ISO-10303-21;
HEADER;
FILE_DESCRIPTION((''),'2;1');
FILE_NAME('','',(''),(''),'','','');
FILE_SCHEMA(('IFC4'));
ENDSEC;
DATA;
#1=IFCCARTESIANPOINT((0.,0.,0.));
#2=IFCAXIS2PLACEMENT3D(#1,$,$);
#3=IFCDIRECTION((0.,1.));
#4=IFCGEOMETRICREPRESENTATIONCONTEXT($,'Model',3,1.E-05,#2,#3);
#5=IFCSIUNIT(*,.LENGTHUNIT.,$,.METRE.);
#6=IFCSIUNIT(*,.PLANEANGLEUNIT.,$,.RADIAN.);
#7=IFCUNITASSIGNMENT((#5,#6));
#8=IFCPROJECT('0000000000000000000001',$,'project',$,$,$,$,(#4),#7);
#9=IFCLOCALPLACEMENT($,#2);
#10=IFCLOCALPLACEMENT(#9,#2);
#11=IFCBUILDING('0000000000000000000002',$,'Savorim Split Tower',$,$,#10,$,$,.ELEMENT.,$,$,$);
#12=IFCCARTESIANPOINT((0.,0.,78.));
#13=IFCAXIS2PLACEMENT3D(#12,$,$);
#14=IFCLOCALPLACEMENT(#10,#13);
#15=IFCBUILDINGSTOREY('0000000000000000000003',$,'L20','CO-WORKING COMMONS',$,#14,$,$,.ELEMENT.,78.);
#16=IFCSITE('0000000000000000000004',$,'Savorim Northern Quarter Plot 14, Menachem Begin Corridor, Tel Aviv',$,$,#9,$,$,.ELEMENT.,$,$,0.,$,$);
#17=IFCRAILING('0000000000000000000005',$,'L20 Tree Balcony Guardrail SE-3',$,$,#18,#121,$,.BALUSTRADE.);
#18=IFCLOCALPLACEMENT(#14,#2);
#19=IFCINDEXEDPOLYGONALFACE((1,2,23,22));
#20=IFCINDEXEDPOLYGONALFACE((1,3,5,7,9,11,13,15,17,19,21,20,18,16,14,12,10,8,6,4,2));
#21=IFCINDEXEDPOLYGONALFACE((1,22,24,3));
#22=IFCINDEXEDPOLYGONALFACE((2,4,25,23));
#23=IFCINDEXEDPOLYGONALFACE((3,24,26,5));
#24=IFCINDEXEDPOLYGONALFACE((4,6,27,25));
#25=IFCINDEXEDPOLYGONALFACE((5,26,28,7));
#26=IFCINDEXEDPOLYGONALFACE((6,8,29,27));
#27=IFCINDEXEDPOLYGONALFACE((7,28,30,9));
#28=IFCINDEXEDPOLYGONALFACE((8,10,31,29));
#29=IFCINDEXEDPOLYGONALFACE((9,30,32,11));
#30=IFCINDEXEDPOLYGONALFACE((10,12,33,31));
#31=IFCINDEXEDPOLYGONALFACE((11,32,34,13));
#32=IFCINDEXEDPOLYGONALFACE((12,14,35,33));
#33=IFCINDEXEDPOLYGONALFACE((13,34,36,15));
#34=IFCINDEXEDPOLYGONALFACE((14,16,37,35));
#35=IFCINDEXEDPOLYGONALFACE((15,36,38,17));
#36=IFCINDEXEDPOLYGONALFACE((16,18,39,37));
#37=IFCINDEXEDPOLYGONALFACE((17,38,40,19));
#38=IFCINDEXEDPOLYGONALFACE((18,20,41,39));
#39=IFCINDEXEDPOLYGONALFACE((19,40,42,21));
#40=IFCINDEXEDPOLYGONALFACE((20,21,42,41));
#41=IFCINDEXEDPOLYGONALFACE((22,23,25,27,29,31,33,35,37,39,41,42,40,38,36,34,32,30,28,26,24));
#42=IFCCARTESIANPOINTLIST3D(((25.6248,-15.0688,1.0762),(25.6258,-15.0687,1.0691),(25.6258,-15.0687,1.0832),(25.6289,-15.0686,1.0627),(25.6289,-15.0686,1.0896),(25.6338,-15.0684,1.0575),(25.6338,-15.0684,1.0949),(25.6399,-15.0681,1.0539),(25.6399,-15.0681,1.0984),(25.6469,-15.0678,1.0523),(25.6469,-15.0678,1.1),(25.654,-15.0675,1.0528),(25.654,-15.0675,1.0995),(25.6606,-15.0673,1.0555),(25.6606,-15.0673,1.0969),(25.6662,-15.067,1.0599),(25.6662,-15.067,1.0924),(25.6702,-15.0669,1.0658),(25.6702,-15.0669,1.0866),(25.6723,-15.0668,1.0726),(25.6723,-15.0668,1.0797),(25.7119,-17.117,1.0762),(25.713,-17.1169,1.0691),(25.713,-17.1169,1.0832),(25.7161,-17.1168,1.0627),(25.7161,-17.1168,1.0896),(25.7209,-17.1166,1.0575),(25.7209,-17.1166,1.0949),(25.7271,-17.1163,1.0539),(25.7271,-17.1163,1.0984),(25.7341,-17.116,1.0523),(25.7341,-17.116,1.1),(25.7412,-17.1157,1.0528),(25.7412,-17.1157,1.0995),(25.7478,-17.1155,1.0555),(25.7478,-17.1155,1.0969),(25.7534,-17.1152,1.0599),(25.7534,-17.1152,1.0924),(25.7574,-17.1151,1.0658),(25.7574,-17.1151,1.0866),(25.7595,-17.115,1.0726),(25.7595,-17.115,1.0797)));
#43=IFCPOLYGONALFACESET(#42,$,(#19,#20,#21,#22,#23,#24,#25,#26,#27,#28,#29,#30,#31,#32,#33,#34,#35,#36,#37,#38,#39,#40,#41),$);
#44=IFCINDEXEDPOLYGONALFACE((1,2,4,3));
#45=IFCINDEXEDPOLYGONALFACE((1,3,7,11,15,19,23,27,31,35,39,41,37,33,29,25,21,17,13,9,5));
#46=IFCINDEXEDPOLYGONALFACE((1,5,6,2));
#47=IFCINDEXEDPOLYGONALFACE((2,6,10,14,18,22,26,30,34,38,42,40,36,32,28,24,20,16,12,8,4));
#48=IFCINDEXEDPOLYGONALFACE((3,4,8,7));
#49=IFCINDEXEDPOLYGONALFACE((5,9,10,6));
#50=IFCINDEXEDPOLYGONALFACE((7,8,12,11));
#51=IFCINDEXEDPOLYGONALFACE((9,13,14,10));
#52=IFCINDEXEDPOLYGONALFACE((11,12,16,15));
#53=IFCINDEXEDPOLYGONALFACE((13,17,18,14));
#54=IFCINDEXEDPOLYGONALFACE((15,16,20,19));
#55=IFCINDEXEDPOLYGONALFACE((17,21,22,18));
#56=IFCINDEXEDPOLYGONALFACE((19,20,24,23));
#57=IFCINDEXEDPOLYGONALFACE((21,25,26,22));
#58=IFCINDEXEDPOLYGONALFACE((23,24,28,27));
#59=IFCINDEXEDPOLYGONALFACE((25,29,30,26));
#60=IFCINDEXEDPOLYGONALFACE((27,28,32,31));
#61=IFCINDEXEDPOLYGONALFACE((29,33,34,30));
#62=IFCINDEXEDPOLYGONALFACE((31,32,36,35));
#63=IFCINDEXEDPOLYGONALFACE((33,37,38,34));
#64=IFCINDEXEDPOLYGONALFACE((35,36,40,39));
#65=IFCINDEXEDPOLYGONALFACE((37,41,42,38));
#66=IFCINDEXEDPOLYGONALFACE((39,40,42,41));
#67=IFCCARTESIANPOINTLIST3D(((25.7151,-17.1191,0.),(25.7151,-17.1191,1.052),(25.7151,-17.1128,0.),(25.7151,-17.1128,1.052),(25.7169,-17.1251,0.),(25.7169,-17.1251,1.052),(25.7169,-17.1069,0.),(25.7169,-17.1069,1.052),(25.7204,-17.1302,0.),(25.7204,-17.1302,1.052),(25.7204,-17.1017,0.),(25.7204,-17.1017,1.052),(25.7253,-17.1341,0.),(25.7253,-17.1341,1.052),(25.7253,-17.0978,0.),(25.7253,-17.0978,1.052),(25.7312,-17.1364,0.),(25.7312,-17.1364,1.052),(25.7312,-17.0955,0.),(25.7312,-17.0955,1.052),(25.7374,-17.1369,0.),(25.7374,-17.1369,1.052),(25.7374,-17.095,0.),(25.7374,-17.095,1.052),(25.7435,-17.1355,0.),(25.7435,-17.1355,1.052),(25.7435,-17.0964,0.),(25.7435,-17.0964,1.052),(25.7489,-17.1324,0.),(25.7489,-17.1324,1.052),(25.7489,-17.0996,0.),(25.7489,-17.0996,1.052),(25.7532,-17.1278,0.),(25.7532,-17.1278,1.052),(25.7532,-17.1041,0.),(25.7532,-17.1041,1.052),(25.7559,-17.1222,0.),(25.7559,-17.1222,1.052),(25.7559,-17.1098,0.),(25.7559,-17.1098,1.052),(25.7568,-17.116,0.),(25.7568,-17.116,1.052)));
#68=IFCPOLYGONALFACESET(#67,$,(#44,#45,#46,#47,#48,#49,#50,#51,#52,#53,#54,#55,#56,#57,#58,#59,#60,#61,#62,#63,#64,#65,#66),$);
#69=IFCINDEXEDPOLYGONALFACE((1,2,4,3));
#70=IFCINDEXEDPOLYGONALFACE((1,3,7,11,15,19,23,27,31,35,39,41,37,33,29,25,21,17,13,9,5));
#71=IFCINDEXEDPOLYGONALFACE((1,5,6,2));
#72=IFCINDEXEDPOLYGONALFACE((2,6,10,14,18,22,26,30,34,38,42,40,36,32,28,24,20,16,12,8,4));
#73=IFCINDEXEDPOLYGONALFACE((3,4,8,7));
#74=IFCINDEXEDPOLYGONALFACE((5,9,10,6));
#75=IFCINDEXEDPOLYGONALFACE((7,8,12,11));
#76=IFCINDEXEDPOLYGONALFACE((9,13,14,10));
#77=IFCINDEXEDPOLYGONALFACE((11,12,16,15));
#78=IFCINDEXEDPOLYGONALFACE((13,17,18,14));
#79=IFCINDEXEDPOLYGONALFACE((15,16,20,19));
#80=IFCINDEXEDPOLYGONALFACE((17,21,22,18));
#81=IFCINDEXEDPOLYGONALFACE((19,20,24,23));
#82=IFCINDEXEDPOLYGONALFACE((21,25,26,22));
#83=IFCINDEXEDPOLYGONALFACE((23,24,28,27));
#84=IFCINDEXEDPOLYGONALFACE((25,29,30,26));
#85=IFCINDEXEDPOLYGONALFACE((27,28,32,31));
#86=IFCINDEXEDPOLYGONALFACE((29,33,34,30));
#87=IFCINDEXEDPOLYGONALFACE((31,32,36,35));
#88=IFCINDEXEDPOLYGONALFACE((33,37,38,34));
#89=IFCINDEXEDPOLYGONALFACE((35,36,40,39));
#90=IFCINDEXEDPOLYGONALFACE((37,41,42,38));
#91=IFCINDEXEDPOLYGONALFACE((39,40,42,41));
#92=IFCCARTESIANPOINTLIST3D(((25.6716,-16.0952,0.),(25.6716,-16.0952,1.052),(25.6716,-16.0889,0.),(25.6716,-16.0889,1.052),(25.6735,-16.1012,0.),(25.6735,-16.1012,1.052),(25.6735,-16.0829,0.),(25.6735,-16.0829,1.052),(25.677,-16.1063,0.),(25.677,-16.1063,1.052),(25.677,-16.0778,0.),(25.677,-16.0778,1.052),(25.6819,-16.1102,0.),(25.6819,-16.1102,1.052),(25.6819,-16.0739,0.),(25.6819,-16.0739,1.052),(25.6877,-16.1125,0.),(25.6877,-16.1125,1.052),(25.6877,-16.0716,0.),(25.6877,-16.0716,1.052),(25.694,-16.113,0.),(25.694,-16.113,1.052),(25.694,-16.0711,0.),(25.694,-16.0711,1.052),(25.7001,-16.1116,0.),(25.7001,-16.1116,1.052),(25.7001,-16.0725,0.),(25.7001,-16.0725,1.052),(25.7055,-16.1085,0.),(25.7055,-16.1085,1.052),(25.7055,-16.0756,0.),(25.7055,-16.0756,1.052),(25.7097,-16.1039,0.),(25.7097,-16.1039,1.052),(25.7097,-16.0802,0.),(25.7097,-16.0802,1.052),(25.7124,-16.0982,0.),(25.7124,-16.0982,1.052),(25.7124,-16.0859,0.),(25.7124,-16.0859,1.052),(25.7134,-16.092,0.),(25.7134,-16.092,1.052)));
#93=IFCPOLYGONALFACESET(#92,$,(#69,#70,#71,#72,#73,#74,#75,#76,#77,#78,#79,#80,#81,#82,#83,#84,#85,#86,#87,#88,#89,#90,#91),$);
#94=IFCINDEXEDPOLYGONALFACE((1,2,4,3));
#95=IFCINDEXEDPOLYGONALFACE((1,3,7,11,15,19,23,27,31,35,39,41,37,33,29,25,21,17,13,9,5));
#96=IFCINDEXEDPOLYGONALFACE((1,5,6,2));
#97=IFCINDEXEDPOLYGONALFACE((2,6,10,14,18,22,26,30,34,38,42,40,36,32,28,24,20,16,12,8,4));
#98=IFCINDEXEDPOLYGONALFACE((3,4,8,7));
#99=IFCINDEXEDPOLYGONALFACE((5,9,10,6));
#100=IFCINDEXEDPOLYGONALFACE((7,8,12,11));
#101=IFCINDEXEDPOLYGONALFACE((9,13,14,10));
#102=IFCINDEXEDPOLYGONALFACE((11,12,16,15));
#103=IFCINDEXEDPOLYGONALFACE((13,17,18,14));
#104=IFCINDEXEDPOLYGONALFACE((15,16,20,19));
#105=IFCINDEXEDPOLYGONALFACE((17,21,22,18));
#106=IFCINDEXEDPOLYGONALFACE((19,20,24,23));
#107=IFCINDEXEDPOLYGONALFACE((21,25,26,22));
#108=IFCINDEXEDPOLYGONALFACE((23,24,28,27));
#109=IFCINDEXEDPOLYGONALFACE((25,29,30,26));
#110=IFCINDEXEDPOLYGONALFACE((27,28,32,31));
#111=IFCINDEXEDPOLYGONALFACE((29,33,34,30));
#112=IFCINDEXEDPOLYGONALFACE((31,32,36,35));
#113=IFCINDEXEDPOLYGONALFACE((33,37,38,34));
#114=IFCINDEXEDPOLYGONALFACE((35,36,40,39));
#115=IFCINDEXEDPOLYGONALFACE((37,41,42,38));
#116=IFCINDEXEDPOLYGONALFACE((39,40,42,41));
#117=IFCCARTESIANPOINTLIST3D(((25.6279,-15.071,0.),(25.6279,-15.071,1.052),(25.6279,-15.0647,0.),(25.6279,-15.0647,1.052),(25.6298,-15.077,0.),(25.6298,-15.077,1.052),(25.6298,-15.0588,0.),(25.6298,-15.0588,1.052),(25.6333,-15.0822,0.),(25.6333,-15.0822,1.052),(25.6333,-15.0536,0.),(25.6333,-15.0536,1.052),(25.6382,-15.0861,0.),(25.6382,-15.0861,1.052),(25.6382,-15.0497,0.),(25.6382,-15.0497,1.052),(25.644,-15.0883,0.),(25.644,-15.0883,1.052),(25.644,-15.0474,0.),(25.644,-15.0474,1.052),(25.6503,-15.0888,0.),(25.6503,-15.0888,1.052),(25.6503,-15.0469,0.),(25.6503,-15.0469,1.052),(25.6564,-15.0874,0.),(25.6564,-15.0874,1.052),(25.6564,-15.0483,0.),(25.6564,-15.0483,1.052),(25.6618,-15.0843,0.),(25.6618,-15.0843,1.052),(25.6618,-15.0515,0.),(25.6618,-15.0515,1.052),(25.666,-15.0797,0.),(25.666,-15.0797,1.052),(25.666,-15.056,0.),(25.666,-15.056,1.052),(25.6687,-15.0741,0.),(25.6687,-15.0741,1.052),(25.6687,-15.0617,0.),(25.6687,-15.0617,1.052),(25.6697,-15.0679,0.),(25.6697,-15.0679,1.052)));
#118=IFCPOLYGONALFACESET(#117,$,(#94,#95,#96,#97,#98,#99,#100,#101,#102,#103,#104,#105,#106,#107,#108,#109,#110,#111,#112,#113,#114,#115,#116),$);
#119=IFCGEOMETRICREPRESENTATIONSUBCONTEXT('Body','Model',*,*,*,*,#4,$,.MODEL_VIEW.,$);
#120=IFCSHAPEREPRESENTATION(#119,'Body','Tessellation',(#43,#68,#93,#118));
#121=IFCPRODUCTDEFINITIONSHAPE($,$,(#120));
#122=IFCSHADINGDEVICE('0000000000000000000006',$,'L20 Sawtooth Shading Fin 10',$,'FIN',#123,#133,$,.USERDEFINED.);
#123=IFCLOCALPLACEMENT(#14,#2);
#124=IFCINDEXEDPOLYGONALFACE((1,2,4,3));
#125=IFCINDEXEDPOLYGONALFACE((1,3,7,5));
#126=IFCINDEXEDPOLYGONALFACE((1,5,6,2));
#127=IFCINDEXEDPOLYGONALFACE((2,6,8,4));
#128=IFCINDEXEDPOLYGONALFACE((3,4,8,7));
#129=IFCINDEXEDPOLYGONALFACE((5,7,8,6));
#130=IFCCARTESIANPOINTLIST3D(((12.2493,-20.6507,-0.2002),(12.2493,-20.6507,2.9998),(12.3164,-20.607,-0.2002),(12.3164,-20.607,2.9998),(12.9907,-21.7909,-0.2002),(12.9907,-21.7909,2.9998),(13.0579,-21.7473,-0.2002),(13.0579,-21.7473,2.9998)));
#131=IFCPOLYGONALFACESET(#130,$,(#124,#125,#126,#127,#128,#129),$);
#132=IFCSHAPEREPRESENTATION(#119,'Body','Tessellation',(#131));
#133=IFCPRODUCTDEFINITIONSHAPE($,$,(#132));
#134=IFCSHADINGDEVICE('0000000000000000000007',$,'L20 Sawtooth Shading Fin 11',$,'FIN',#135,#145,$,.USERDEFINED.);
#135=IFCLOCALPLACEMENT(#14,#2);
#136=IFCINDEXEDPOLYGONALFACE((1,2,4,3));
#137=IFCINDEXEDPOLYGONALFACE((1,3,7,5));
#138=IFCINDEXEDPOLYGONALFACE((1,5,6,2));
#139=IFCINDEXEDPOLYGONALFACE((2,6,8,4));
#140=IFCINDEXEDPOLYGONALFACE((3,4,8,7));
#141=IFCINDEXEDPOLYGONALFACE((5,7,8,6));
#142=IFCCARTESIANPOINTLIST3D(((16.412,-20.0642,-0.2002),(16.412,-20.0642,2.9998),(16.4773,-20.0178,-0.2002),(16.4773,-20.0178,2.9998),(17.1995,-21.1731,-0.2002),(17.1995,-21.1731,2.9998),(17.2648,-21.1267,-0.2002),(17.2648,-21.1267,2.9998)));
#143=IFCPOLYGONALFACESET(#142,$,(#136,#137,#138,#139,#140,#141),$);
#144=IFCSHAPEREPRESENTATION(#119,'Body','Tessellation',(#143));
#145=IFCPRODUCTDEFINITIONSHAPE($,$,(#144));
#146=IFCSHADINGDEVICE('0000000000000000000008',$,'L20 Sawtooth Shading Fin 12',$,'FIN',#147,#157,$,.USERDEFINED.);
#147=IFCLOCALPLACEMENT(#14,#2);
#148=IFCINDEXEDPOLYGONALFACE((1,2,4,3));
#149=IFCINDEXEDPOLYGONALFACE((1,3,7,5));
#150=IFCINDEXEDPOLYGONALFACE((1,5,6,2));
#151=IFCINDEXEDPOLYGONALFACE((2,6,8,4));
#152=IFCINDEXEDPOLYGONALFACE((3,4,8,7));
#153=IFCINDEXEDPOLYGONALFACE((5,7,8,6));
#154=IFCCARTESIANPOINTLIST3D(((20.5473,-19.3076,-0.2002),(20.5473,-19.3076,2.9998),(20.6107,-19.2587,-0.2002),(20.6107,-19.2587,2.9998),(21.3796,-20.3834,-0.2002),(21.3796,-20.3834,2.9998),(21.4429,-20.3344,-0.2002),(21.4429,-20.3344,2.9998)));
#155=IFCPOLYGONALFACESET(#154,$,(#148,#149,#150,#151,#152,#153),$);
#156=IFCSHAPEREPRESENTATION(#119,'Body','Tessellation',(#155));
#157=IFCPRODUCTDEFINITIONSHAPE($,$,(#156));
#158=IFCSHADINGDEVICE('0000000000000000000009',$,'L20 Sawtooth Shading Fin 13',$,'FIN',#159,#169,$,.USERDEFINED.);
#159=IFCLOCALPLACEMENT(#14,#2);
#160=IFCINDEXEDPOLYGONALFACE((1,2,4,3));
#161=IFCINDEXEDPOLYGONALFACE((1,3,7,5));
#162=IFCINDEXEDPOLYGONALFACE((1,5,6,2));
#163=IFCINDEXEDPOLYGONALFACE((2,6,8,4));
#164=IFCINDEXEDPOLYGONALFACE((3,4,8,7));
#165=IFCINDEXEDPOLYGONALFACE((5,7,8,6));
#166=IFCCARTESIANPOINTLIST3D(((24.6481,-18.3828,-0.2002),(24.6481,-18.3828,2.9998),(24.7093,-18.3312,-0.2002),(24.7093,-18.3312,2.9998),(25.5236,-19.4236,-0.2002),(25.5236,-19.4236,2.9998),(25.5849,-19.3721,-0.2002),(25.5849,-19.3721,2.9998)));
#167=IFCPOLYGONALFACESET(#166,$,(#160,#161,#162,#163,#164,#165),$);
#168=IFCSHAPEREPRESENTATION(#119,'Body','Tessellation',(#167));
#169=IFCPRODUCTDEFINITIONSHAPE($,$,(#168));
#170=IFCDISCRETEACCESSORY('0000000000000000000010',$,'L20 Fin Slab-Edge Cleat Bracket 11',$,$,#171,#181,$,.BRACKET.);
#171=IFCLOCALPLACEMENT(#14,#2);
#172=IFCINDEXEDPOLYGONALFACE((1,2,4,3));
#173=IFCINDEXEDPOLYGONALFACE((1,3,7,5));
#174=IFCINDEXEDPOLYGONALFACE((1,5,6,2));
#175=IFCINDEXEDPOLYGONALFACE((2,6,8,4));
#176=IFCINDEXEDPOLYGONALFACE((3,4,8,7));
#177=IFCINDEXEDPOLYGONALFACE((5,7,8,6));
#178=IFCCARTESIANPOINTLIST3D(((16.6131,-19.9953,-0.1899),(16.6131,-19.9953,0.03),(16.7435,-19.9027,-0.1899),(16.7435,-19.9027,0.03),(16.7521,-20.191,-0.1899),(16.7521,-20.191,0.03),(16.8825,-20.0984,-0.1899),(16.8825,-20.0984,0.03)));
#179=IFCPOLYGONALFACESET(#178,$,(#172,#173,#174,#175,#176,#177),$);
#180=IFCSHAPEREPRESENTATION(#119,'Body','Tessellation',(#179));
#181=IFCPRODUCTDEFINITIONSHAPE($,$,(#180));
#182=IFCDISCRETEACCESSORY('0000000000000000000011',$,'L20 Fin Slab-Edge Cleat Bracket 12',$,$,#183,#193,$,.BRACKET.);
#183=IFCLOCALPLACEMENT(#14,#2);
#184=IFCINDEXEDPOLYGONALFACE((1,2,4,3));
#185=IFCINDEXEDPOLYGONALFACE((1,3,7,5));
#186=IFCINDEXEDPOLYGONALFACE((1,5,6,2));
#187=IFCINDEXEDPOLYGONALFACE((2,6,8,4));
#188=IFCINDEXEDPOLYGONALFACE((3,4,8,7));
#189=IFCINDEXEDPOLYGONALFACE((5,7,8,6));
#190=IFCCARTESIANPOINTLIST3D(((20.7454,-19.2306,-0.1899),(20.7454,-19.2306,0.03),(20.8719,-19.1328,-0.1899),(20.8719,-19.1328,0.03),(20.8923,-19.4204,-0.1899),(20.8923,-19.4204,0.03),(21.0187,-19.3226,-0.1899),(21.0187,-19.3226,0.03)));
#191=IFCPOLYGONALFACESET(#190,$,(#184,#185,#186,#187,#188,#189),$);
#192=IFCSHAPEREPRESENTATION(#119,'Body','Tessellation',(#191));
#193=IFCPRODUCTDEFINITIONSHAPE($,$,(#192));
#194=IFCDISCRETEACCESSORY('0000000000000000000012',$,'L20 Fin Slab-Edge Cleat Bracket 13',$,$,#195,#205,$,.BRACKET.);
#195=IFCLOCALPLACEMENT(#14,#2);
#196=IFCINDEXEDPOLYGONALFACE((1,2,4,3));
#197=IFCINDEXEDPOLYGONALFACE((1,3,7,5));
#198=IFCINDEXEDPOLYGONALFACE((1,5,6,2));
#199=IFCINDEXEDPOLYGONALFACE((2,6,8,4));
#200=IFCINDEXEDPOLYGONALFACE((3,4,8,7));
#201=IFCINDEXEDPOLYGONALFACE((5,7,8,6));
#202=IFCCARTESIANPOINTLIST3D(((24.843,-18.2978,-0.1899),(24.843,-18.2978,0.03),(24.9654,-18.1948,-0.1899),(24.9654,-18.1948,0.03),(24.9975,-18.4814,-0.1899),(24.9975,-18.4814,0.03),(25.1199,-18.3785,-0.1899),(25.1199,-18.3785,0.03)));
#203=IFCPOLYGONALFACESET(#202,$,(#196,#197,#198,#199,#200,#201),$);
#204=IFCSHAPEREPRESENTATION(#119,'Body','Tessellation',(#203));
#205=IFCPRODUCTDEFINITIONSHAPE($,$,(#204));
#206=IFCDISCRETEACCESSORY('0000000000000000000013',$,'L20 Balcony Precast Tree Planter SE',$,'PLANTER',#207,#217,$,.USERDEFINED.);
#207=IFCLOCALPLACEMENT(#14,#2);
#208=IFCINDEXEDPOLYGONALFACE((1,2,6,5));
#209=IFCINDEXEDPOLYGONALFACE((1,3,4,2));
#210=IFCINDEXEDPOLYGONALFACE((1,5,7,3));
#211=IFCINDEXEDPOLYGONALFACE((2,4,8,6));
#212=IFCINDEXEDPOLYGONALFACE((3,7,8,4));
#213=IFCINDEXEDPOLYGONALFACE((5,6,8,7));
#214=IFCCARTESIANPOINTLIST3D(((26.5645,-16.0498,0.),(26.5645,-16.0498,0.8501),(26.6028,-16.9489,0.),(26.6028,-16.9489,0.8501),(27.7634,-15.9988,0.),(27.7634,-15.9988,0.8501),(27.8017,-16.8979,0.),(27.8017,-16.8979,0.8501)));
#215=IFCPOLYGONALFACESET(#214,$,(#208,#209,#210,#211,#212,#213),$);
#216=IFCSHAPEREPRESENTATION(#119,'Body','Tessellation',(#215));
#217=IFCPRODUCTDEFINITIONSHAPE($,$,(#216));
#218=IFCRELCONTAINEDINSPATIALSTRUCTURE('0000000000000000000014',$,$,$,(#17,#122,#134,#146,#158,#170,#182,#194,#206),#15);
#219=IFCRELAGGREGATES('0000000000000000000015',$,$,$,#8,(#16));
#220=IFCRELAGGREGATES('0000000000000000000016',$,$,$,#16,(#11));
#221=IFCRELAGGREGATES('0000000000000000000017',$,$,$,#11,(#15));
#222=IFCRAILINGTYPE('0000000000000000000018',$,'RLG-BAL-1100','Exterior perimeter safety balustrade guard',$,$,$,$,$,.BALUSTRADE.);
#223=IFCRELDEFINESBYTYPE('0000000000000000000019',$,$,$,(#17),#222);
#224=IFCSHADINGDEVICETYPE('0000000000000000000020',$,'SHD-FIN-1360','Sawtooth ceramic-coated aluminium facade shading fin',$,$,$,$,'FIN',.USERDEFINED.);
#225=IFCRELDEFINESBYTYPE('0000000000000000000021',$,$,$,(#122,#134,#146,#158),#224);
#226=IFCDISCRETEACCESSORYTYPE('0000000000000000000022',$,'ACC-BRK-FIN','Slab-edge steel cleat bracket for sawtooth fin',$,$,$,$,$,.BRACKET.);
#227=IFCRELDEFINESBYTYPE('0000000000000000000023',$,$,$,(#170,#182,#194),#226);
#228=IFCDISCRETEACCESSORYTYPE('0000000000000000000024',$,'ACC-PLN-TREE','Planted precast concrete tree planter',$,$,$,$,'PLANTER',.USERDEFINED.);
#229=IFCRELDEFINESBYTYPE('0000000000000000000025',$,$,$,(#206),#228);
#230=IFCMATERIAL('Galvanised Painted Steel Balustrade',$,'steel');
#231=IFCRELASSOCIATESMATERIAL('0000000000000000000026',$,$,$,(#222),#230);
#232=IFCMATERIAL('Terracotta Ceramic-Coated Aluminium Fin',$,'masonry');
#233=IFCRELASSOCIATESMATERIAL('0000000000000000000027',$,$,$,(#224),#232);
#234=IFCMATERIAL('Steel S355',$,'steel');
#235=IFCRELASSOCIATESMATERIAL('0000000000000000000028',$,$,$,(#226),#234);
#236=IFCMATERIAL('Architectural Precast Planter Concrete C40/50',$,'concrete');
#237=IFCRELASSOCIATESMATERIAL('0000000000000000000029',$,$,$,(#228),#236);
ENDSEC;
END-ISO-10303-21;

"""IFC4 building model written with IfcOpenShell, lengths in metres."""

from ifc_helpers import new_model, si_unit, direction, frame, origin, origin_2d, place, context, subcontext, project, spatial, rectangle, circle, extrude, material, type_object, element, save


model = new_model("IFC4")

# Units and contexts
model_context = context("Model", 3, precision=1e-05, world=origin(), true_north=direction((0.0, 1.0)))
body_context = subcontext(model_context, "Body", "Model", "MODEL_VIEW")
ifc_project = project(units=[si_unit("LENGTHUNIT", "METRE"), si_unit("PLANEANGLEUNIT", "RADIAN")], contexts=[model_context])

# Site, building, storey
site_placement = place(None, origin())
site = spatial("IfcSite", under=ifc_project, at=site_placement, Name="Savorim Northern Quarter Plot 14, Menachem Begin Corridor, Tel Aviv", CompositionType="ELEMENT", RefElevation=0.0)
building_placement = place(site_placement, origin())
building = spatial("IfcBuilding", under=site, at=building_placement, Name="Savorim Split Tower", CompositionType="ELEMENT")
storey_placement = place(building_placement, frame((0.0, 0.0, 78.0)))
storey = spatial("IfcBuildingStorey", under=building, at=storey_placement, Name="L20", Description="CO-WORKING COMMONS", CompositionType="ELEMENT", Elevation=78.0)

# Shared definitions
ifc_material_1 = material(Name="Steel S355", Category="steel")

# Railing
ifc_material_2 = material(Name="Galvanised Painted Steel Balustrade", Category="steel")
railing_type = type_object("IfcRailingType", Name="RLG-BAL-1100", Description="Exterior perimeter safety balustrade guard", PredefinedType="BALUSTRADE", material=ifc_material_2)
railing_1_placement = place(storey_placement, frame((25.7358, -17.116, 0.0)))
element("IfcRailing", 1, at=railing_1_placement, inside=storey, type_object=railing_type, Name="L20 Tree Balcony Guardrail SE-3", PredefinedType="BALUSTRADE", context=body_context, shape_type="SweptSolid", body=[
    extrude(circle(Radius=0.0239, at=origin_2d()), frame((0.0, 0.0, 1.0762), z_axis=(-0.042517, 0.999096, 0.0), x_axis=(-0.999096, -0.042517, 0.0)), (0.0, 0.0, 1.0), 2.05),
    extrude(circle(Radius=0.021, at=origin_2d()), origin(), (0.0, 0.0, 1.0), 1.052),
    extrude(circle(Radius=0.021, at=origin_2d()), frame((-0.0435, 1.0239, 0.0)), (0.0, 0.0, 1.0), 1.052),
    extrude(circle(Radius=0.021, at=origin_2d()), frame((-0.0872, 2.0481, 0.0)), (0.0, 0.0, 1.0), 1.052),
])

# Shading devices
ifc_material_3 = material(Name="Terracotta Ceramic-Coated Aluminium Fin", Category="masonry")
shading_device_type = type_object("IfcShadingDeviceType", Name="SHD-FIN-1360", Description="Sawtooth ceramic-coated aluminium facade shading fin", ElementType="FIN", PredefinedType="USERDEFINED", material=ifc_material_3)
for number, where, z_axis, x_axis, name in (
    (2, (12.6536, -21.199, -0.2002), (0.0, 0.0, 1.0), (0.545148, -0.83834, 0.0), "L20 Sawtooth Shading Fin 10"),
    (3, (16.8384, -20.5955, -0.2002), (0.0, 0.0, 1.0), (0.578994, -0.815332, 0.0), "L20 Sawtooth Shading Fin 11"),
    (4, (20.9951, -19.821, -0.2002), (0.0, 0.0, 1.0), (0.611868, -0.79096, 0.0), "L20 Sawtooth Shading Fin 12"),
    (5, (25.1165, -18.8774, -0.2002), (0.0, 0.0, 1.0), (0.643719, -0.765262, 0.0), "L20 Sawtooth Shading Fin 13"),
):
    element("IfcShadingDevice", number, at=place(storey_placement, frame(where, z_axis=z_axis, x_axis=x_axis)), inside=storey, type_object=shading_device_type, Name=name, ObjectType="FIN", PredefinedType="USERDEFINED", context=body_context, shape_type="SweptSolid", body=[
        extrude(rectangle(XDim=1.3601, YDim=0.0801, at=origin_2d()), origin(), (0.0, 0.0, 1.0), 3.2),
    ])

# Discrete accessories
discrete_accessory_type_1 = type_object("IfcDiscreteAccessoryType", Name="ACC-BRK-FIN", Description="Slab-edge steel cleat bracket for sawtooth fin", PredefinedType="BRACKET", material=ifc_material_1)
for number, where, z_axis, x_axis, name in (
    (6, (16.7478, -20.0469, -0.1899), (0.0, 0.0, 1.0), (0.578994, -0.815332, 0.0), "L20 Fin Slab-Edge Cleat Bracket 11"),
    (7, (20.8821, -19.2766, -0.1899), (0.0, 0.0, 1.0), (0.611868, -0.79096, 0.0), "L20 Fin Slab-Edge Cleat Bracket 12"),
    (8, (24.9814, -18.3381, -0.1899), (0.0, 0.0, 1.0), (0.643719, -0.765262, 0.0), "L20 Fin Slab-Edge Cleat Bracket 13"),
):
    element("IfcDiscreteAccessory", number, at=place(storey_placement, frame(where, z_axis=z_axis, x_axis=x_axis)), inside=storey, type_object=discrete_accessory_type_1, Name=name, PredefinedType="BRACKET", context=body_context, shape_type="SweptSolid", body=[
        extrude(rectangle(XDim=0.24, YDim=0.1599, at=origin_2d()), origin(), (0.0, 0.0, 1.0), 0.22),
    ])
ifc_material_4 = material(Name="Architectural Precast Planter Concrete C40/50", Category="concrete")
discrete_accessory_type_2 = type_object("IfcDiscreteAccessoryType", Name="ACC-PLN-TREE", Description="Planted precast concrete tree planter", ElementType="PLANTER", PredefinedType="USERDEFINED", material=ifc_material_4)
discrete_accessory_placement = place(storey_placement, frame((27.1831, -16.4739, 0.0), z_axis=(0.0, 0.0, 1.0), x_axis=(0.999096, 0.042523, 0.0)))
element("IfcDiscreteAccessory", 9, at=discrete_accessory_placement, inside=storey, type_object=discrete_accessory_type_2, Name="L20 Balcony Precast Tree Planter SE", ObjectType="PLANTER", PredefinedType="USERDEFINED", context=body_context, shape_type="SweptSolid", body=[
    extrude(rectangle(XDim=1.2, YDim=0.8999, at=origin_2d()), origin(), (0.0, 0.0, 1.0), 0.8501),
])

save(model, "model.ifc")
